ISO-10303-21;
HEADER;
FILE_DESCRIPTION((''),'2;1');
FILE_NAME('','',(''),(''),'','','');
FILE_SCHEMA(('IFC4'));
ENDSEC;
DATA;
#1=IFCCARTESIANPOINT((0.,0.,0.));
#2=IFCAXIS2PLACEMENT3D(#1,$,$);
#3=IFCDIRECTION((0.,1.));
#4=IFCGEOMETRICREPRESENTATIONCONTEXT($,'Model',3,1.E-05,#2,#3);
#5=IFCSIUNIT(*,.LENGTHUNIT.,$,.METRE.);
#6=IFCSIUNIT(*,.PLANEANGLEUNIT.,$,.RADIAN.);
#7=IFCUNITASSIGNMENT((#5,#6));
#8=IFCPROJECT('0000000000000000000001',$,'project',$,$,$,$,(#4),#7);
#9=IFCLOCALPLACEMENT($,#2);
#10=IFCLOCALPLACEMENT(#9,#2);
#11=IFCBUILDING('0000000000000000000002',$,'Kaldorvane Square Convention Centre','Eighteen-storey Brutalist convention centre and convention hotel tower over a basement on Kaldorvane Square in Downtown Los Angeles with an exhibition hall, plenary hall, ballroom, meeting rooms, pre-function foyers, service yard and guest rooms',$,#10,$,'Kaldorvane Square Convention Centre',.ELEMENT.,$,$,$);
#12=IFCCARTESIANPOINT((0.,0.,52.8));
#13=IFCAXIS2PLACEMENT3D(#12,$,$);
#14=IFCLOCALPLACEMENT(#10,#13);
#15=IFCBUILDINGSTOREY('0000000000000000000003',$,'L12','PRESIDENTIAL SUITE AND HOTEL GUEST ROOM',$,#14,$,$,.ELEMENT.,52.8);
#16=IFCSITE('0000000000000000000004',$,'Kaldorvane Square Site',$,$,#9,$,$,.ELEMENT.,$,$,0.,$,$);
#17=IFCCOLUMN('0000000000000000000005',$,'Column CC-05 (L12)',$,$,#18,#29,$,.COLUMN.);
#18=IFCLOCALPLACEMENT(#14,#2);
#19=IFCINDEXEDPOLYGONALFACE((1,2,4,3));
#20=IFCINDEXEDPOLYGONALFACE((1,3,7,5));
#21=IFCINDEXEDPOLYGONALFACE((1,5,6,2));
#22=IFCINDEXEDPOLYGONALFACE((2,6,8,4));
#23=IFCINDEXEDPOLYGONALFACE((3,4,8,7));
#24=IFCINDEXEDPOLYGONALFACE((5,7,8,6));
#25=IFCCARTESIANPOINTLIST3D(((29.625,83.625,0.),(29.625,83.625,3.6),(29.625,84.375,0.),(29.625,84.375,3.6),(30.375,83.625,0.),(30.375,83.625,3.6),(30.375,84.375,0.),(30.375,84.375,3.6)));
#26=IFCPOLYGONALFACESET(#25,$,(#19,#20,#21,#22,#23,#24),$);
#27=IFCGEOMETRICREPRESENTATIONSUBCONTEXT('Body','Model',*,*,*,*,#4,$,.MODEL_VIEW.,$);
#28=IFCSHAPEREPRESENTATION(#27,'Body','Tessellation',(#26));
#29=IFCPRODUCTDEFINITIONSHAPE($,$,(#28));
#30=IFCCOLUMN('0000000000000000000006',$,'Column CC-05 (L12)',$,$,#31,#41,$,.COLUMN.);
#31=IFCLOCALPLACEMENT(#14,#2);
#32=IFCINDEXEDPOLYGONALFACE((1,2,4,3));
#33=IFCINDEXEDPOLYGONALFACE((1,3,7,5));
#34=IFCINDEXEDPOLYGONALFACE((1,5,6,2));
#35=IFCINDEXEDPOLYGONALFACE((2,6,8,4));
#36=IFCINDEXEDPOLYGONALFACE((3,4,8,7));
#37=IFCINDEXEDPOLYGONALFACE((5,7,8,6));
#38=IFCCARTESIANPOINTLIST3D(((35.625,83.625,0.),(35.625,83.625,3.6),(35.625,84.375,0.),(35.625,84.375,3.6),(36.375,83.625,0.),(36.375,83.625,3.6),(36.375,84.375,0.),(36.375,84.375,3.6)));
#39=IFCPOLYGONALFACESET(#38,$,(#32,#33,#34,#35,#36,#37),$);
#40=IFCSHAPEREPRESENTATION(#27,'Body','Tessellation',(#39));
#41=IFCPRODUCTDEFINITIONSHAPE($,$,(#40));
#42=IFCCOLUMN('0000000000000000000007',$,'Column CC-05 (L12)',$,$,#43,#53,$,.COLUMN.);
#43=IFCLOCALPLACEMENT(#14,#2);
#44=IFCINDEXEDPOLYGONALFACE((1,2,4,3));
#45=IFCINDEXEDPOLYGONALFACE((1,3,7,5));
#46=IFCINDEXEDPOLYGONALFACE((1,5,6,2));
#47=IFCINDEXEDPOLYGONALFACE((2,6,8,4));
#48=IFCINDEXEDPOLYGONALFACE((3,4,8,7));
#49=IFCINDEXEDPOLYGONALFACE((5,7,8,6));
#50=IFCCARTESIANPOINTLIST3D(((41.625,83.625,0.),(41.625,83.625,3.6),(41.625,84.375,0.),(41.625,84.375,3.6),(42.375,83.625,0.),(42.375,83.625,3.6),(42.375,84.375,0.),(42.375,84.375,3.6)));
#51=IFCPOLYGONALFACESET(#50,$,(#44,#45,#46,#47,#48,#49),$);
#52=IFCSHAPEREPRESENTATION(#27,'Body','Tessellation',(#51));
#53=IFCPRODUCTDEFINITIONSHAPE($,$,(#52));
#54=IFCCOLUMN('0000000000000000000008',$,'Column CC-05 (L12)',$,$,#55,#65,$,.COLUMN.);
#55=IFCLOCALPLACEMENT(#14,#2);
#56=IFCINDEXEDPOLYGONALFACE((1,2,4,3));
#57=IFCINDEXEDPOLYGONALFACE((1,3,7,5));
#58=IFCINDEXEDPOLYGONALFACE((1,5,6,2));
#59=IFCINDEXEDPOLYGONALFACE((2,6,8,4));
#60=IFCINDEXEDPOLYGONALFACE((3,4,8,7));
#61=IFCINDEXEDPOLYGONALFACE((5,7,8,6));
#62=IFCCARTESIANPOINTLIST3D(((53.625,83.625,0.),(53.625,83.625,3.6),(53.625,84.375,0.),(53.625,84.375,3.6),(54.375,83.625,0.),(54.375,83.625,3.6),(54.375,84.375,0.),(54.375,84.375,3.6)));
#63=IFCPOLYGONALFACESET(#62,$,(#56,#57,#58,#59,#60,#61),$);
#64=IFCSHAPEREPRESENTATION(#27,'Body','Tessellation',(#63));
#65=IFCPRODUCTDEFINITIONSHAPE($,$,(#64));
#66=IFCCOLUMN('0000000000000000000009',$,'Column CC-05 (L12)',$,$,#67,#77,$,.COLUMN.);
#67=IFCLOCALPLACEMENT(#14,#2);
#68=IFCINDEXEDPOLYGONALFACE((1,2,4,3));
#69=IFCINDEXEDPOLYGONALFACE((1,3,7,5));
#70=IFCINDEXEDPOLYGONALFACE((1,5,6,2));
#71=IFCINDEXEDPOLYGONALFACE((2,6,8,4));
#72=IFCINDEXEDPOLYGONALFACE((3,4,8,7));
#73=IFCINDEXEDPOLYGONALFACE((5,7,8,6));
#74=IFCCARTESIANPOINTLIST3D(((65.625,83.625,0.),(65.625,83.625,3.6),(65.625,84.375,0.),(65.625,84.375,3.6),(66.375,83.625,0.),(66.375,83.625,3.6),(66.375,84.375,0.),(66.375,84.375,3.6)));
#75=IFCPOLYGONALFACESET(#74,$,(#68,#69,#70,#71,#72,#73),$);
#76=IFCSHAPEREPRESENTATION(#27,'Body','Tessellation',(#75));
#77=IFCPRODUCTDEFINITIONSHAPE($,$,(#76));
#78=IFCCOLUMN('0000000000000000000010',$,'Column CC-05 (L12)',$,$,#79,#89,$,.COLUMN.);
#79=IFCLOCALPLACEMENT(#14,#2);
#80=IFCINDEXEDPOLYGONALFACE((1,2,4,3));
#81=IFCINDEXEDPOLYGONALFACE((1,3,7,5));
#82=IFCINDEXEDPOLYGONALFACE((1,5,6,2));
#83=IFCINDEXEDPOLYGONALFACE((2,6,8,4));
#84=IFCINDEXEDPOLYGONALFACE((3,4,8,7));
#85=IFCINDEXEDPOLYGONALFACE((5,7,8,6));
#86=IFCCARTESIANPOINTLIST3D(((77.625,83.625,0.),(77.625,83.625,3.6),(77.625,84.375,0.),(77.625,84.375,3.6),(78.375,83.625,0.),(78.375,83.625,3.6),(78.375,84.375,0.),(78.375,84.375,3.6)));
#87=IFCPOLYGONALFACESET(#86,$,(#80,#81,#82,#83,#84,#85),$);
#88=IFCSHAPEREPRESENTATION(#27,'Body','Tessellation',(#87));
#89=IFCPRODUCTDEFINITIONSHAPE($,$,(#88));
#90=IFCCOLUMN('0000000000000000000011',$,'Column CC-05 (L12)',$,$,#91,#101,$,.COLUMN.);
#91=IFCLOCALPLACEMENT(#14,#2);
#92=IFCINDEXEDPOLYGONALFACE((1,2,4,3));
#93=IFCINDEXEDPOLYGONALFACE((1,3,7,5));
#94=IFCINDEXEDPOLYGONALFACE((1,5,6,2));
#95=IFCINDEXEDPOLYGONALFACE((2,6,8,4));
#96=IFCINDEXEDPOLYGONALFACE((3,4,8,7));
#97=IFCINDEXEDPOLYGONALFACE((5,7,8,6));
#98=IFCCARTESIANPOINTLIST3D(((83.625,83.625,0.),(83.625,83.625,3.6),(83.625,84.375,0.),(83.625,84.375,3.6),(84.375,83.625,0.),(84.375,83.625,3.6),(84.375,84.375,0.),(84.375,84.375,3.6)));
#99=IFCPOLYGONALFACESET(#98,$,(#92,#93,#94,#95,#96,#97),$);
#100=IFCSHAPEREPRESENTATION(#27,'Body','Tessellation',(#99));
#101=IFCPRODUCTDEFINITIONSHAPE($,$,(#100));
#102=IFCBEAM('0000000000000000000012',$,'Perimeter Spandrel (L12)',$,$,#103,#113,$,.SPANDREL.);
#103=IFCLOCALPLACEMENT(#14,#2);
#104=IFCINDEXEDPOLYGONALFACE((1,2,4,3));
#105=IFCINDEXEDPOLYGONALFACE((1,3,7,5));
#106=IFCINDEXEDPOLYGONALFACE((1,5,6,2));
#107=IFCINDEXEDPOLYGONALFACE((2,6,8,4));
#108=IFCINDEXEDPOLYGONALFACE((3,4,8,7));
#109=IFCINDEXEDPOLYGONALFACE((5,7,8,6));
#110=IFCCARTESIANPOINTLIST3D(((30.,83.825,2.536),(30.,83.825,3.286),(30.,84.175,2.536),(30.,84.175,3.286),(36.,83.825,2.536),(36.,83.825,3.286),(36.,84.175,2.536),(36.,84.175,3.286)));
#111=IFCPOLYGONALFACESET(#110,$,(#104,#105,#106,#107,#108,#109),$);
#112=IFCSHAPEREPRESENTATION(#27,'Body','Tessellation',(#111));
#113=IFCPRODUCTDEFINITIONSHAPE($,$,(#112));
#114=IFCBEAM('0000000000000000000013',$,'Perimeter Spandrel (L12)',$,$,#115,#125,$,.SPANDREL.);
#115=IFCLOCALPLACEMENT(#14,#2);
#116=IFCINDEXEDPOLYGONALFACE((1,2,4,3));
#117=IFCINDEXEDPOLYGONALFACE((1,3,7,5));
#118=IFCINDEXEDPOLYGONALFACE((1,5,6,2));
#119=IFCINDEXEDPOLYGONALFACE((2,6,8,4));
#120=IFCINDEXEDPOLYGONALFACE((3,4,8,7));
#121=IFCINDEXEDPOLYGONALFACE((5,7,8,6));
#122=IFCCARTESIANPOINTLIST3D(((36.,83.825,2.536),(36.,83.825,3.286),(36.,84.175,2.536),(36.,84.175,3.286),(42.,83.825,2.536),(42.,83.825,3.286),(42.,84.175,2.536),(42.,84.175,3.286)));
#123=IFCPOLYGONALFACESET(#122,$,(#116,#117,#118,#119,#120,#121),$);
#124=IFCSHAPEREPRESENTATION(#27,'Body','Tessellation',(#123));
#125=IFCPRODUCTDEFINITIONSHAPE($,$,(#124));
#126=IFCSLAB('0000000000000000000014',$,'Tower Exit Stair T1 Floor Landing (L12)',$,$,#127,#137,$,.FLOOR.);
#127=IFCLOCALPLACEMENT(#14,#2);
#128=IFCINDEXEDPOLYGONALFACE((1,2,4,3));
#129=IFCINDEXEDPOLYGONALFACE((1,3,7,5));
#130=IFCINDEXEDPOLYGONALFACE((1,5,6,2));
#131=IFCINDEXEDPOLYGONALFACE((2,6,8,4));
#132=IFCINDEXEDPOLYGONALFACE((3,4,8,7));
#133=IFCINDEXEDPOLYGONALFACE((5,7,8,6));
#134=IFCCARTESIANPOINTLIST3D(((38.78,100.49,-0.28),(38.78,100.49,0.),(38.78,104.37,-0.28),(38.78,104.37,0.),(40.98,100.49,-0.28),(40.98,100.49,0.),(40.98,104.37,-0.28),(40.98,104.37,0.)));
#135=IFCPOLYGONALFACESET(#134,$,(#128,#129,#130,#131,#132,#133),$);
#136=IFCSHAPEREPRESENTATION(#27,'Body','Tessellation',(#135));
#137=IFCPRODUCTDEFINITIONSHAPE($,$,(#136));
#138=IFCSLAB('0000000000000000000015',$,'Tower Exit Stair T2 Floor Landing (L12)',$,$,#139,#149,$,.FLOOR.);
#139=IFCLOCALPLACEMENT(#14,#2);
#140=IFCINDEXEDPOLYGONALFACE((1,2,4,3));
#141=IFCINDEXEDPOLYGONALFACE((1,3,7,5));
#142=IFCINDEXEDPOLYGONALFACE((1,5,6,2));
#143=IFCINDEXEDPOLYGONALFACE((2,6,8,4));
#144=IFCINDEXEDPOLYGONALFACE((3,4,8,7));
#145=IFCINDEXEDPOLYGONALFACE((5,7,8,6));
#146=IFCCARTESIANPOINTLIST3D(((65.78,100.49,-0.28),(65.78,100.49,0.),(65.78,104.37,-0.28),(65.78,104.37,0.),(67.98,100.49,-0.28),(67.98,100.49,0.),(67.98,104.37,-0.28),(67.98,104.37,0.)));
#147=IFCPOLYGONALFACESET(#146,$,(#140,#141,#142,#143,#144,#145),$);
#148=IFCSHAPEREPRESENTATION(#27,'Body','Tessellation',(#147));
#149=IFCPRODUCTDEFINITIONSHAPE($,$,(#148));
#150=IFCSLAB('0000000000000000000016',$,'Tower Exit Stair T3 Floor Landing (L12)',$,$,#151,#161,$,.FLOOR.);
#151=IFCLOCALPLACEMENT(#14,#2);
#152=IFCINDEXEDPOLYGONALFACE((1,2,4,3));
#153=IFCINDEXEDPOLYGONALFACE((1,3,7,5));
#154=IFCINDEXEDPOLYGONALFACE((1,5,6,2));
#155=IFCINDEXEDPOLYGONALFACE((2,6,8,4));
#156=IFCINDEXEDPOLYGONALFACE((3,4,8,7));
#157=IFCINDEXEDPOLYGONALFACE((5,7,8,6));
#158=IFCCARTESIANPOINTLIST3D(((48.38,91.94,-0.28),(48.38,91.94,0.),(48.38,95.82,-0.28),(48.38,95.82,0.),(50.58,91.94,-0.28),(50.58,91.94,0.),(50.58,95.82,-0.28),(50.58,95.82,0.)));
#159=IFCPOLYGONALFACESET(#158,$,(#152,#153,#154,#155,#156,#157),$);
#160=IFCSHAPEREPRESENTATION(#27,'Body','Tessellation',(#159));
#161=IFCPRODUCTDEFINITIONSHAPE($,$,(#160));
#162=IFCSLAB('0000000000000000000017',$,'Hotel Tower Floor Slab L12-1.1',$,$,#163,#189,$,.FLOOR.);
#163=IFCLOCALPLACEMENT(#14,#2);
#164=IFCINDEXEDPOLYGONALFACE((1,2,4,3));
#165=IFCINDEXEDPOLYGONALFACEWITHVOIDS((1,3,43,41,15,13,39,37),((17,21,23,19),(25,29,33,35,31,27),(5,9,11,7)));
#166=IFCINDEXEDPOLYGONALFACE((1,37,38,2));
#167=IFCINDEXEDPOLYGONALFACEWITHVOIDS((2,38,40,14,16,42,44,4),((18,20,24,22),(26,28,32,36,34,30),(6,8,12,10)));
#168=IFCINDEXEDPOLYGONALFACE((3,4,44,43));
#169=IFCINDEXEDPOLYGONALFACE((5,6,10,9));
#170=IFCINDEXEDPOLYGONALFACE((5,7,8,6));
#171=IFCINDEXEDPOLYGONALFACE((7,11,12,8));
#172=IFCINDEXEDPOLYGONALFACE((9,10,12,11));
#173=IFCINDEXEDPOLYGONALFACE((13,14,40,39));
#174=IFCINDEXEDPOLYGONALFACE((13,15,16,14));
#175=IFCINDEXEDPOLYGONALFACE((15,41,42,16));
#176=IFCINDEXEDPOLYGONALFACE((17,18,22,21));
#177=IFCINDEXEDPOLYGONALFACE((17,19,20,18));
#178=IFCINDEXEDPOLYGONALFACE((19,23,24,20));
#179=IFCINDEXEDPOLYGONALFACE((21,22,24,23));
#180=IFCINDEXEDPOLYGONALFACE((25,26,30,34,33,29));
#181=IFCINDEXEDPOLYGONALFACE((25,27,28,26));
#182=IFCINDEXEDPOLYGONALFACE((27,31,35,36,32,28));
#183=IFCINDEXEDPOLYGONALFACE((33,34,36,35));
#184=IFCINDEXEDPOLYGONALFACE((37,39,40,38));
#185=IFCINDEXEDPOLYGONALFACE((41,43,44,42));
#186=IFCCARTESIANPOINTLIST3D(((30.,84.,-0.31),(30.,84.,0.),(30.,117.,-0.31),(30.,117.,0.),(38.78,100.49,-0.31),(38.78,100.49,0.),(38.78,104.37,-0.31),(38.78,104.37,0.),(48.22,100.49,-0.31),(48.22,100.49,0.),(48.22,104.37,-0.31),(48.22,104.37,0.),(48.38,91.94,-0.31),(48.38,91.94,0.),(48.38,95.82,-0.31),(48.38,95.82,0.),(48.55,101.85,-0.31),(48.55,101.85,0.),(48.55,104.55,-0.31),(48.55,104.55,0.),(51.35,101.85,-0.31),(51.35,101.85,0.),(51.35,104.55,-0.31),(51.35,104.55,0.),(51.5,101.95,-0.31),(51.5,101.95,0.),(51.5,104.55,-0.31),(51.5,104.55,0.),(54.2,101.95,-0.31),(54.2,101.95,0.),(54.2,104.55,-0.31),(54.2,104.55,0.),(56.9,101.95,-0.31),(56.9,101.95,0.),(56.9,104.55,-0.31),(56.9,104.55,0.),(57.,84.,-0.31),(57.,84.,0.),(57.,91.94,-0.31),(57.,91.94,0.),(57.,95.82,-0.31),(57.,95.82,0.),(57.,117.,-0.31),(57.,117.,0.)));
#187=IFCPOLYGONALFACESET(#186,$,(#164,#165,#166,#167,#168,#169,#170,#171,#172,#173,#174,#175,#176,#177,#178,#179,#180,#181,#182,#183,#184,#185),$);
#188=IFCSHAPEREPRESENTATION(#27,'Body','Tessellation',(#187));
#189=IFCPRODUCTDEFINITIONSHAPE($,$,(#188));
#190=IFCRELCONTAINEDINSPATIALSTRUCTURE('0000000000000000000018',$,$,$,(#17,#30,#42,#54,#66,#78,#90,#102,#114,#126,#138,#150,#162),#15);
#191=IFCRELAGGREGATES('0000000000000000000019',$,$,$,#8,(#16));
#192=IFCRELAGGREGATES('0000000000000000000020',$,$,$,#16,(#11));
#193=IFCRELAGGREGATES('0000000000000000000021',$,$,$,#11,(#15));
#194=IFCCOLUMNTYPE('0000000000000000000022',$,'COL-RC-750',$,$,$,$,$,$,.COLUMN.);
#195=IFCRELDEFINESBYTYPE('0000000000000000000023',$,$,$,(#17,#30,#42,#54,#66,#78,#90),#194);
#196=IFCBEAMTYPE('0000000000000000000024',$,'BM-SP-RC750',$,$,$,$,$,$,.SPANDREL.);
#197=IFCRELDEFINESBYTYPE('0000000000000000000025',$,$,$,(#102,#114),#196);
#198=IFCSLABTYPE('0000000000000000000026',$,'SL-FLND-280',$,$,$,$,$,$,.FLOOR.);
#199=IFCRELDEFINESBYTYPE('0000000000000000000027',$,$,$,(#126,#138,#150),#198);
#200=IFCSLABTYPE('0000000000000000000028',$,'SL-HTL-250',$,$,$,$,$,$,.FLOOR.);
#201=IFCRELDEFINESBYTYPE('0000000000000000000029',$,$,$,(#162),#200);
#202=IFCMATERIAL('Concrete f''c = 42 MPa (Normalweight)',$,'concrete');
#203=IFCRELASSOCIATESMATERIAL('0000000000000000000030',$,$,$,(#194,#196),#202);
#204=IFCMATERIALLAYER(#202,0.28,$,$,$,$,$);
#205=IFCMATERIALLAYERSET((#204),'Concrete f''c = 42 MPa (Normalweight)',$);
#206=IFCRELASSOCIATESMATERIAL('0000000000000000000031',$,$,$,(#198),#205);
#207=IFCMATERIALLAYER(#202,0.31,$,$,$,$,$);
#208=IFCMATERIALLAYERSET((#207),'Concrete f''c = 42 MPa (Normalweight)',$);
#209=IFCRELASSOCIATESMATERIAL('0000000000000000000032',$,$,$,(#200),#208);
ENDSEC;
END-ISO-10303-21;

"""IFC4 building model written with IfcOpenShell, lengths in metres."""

from ifc_helpers import new_model, si_unit, direction, frame, origin, origin_2d, place, context, subcontext, project, spatial, polyline, rectangle, outline, extrude, material, layer, layer_set, material_profile, profile_set, type_object, element, save


model = new_model("IFC4")

# Units and contexts
model_context = context("Model", 3, precision=1e-05, world=origin(), true_north=direction((0.0, 1.0)))
body_context = subcontext(model_context, "Body", "Model", "MODEL_VIEW")
ifc_project = project(units=[si_unit("LENGTHUNIT", "METRE"), si_unit("PLANEANGLEUNIT", "RADIAN")], contexts=[model_context])

# Site, building, storey
site_placement = place(None, origin())
site = spatial("IfcSite", under=ifc_project, at=site_placement, Name="Kaldorvane Square Site", CompositionType="ELEMENT", RefElevation=0.0)
building_placement = place(site_placement, origin())
building = spatial("IfcBuilding", under=site, at=building_placement, Name="Kaldorvane Square Convention Centre", Description="Eighteen-storey Brutalist convention centre and convention hotel tower over a basement on Kaldorvane Square in Downtown Los Angeles with an exhibition hall, plenary hall, ballroom, meeting rooms, pre-function foyers, service yard and guest rooms", LongName="Kaldorvane Square Convention Centre", CompositionType="ELEMENT")
storey_placement = place(building_placement, frame((0.0, 0.0, 52.8)))
storey = spatial("IfcBuildingStorey", under=building, at=storey_placement, Name="L12", Description="PRESIDENTIAL SUITE AND HOTEL GUEST ROOM", CompositionType="ELEMENT", Elevation=52.8)

# Columns
ifc_material = material(Name="Concrete f'c = 42 MPa (Normalweight)", Category="concrete")
ifc_material_profile_1 = material_profile(ifc_material, rectangle(XDim=0.75, YDim=0.75, at=origin_2d()), Name="RC750X750")
ifc_profile_set_1 = profile_set([ifc_material_profile_1], Name="Concrete f'c = 42 MPa (Normalweight)")
column_type = type_object("IfcColumnType", Name="COL-RC-750", PredefinedType="COLUMN", material=ifc_profile_set_1)
for number, where, z_axis, x_axis, name in (
    (1, (30.0, 84.0, 0.0), (0.0, 0.0, 1.0), (1.0, 0.0, 0.0), "Column CC-05 (L12)"),
    (2, (36.0, 84.0, 0.0), (0.0, 0.0, 1.0), (1.0, 0.0, 0.0), "Column CC-05 (L12)"),
    (3, (42.0, 84.0, 0.0), (0.0, 0.0, 1.0), (1.0, 0.0, 0.0), "Column CC-05 (L12)"),
    (4, (54.0, 84.0, 0.0), (0.0, 0.0, 1.0), (1.0, 0.0, 0.0), "Column CC-05 (L12)"),
    (5, (66.0, 84.0, 0.0), (0.0, 0.0, 1.0), (1.0, 0.0, 0.0), "Column CC-05 (L12)"),
    (6, (78.0, 84.0, 0.0), (0.0, 0.0, 1.0), (1.0, 0.0, 0.0), "Column CC-05 (L12)"),
    (7, (84.0, 84.0, 0.0), (0.0, 0.0, 1.0), (1.0, 0.0, 0.0), "Column CC-05 (L12)"),
):
    element("IfcColumn", number, at=place(storey_placement, frame(where, z_axis=z_axis, x_axis=x_axis)), inside=storey, type_object=column_type, Name=name, PredefinedType="COLUMN", context=body_context, shape_type="SweptSolid", body=[
        extrude(rectangle(XDim=0.75, YDim=0.75, at=origin_2d()), origin(), (0.0, 0.0, 1.0), 3.6),
    ])

# Beams
ifc_material_profile_2 = material_profile(ifc_material, rectangle(XDim=0.35, YDim=0.75, at=origin_2d()), Name="RCSP750X350")
ifc_profile_set_2 = profile_set([ifc_material_profile_2], Name="Concrete f'c = 42 MPa (Normalweight)")
beam_type = type_object("IfcBeamType", Name="BM-SP-RC750", PredefinedType="SPANDREL", material=ifc_profile_set_2)
for number, where, z_axis, x_axis, name in (
    (8, (30.0, 84.0, 2.911), (1.0, 0.0, 0.0), (0.0, 1.0, 0.0), "Perimeter Spandrel (L12)"),
    (9, (36.0, 84.0, 2.911), (1.0, 0.0, 0.0), (0.0, 1.0, 0.0), "Perimeter Spandrel (L12)"),
):
    element("IfcBeam", number, at=place(storey_placement, frame(where, z_axis=z_axis, x_axis=x_axis)), inside=storey, type_object=beam_type, Name=name, PredefinedType="SPANDREL", context=body_context, shape_type="SweptSolid", body=[
        extrude(rectangle(XDim=0.35, YDim=0.75, at=origin_2d()), origin(), (0.0, 0.0, 1.0), 6.0),
    ])

# Slabs
ifc_layer_1 = layer(ifc_material, 0.28)
ifc_layer_set_1 = layer_set([ifc_layer_1], Name="Concrete f'c = 42 MPa (Normalweight)")
slab_type_1 = type_object("IfcSlabType", Name="SL-FLND-280", PredefinedType="FLOOR", material=ifc_layer_set_1)
slab_1_placement = place(storey_placement, frame((0.0, 0.0, -0.28)))
element("IfcSlab", 10, at=slab_1_placement, inside=storey, type_object=slab_type_1, Name="Tower Exit Stair T1 Floor Landing (L12)", PredefinedType="FLOOR", context=body_context, shape_type="SweptSolid", body=[
    extrude(outline(polyline([(38.78, 100.49), (40.98, 100.49), (40.98, 104.37), (38.78, 104.37), (38.78, 100.49)])), origin(), (0.0, 0.0, 1.0), 0.28),
])
slab_2_placement = place(storey_placement, frame((0.0, 0.0, -0.28)))
element("IfcSlab", 11, at=slab_2_placement, inside=storey, type_object=slab_type_1, Name="Tower Exit Stair T2 Floor Landing (L12)", PredefinedType="FLOOR", context=body_context, shape_type="SweptSolid", body=[
    extrude(outline(polyline([(65.78, 100.49), (67.98, 100.49), (67.98, 104.37), (65.78, 104.37), (65.78, 100.49)])), origin(), (0.0, 0.0, 1.0), 0.28),
])
slab_3_placement = place(storey_placement, frame((0.0, 0.0, -0.28)))
element("IfcSlab", 12, at=slab_3_placement, inside=storey, type_object=slab_type_1, Name="Tower Exit Stair T3 Floor Landing (L12)", PredefinedType="FLOOR", context=body_context, shape_type="SweptSolid", body=[
    extrude(outline(polyline([(48.38, 91.94), (50.58, 91.94), (50.58, 95.82), (48.38, 95.82), (48.38, 91.94)])), origin(), (0.0, 0.0, 1.0), 0.28),
])
ifc_layer_2 = layer(ifc_material, 0.31)
ifc_layer_set_2 = layer_set([ifc_layer_2], Name="Concrete f'c = 42 MPa (Normalweight)")
slab_type_2 = type_object("IfcSlabType", Name="SL-HTL-250", PredefinedType="FLOOR", material=ifc_layer_set_2)
slab_4_placement = place(storey_placement, frame((0.0, 0.0, -0.31)))
element("IfcSlab", 13, at=slab_4_placement, inside=storey, type_object=slab_type_2, Name="Hotel Tower Floor Slab L12-1.1", PredefinedType="FLOOR", context=body_context, shape_type="SweptSolid", body=[
    extrude(outline(polyline([(30.0, 117.0), (57.0, 117.0), (57.0, 95.82), (48.38, 95.82), (48.38, 91.94), (57.0, 91.94), (57.0, 84.0), (30.0, 84.0), (30.0, 117.0)]), holes=[polyline([(38.78, 104.37), (38.78, 100.49), (48.22, 100.49), (48.22, 104.37), (38.78, 104.37)]), polyline([(48.55, 104.55), (48.55, 101.85), (51.35, 101.85), (51.35, 104.55), (48.55, 104.55)]), polyline([(51.5, 104.55), (51.5, 101.95), (54.2, 101.95), (56.9, 101.95), (56.9, 104.55), (54.2, 104.55), (51.5, 104.55)])]), origin(), (0.0, 0.0, 1.0), 0.31),
])

save(model, "model.ifc")
